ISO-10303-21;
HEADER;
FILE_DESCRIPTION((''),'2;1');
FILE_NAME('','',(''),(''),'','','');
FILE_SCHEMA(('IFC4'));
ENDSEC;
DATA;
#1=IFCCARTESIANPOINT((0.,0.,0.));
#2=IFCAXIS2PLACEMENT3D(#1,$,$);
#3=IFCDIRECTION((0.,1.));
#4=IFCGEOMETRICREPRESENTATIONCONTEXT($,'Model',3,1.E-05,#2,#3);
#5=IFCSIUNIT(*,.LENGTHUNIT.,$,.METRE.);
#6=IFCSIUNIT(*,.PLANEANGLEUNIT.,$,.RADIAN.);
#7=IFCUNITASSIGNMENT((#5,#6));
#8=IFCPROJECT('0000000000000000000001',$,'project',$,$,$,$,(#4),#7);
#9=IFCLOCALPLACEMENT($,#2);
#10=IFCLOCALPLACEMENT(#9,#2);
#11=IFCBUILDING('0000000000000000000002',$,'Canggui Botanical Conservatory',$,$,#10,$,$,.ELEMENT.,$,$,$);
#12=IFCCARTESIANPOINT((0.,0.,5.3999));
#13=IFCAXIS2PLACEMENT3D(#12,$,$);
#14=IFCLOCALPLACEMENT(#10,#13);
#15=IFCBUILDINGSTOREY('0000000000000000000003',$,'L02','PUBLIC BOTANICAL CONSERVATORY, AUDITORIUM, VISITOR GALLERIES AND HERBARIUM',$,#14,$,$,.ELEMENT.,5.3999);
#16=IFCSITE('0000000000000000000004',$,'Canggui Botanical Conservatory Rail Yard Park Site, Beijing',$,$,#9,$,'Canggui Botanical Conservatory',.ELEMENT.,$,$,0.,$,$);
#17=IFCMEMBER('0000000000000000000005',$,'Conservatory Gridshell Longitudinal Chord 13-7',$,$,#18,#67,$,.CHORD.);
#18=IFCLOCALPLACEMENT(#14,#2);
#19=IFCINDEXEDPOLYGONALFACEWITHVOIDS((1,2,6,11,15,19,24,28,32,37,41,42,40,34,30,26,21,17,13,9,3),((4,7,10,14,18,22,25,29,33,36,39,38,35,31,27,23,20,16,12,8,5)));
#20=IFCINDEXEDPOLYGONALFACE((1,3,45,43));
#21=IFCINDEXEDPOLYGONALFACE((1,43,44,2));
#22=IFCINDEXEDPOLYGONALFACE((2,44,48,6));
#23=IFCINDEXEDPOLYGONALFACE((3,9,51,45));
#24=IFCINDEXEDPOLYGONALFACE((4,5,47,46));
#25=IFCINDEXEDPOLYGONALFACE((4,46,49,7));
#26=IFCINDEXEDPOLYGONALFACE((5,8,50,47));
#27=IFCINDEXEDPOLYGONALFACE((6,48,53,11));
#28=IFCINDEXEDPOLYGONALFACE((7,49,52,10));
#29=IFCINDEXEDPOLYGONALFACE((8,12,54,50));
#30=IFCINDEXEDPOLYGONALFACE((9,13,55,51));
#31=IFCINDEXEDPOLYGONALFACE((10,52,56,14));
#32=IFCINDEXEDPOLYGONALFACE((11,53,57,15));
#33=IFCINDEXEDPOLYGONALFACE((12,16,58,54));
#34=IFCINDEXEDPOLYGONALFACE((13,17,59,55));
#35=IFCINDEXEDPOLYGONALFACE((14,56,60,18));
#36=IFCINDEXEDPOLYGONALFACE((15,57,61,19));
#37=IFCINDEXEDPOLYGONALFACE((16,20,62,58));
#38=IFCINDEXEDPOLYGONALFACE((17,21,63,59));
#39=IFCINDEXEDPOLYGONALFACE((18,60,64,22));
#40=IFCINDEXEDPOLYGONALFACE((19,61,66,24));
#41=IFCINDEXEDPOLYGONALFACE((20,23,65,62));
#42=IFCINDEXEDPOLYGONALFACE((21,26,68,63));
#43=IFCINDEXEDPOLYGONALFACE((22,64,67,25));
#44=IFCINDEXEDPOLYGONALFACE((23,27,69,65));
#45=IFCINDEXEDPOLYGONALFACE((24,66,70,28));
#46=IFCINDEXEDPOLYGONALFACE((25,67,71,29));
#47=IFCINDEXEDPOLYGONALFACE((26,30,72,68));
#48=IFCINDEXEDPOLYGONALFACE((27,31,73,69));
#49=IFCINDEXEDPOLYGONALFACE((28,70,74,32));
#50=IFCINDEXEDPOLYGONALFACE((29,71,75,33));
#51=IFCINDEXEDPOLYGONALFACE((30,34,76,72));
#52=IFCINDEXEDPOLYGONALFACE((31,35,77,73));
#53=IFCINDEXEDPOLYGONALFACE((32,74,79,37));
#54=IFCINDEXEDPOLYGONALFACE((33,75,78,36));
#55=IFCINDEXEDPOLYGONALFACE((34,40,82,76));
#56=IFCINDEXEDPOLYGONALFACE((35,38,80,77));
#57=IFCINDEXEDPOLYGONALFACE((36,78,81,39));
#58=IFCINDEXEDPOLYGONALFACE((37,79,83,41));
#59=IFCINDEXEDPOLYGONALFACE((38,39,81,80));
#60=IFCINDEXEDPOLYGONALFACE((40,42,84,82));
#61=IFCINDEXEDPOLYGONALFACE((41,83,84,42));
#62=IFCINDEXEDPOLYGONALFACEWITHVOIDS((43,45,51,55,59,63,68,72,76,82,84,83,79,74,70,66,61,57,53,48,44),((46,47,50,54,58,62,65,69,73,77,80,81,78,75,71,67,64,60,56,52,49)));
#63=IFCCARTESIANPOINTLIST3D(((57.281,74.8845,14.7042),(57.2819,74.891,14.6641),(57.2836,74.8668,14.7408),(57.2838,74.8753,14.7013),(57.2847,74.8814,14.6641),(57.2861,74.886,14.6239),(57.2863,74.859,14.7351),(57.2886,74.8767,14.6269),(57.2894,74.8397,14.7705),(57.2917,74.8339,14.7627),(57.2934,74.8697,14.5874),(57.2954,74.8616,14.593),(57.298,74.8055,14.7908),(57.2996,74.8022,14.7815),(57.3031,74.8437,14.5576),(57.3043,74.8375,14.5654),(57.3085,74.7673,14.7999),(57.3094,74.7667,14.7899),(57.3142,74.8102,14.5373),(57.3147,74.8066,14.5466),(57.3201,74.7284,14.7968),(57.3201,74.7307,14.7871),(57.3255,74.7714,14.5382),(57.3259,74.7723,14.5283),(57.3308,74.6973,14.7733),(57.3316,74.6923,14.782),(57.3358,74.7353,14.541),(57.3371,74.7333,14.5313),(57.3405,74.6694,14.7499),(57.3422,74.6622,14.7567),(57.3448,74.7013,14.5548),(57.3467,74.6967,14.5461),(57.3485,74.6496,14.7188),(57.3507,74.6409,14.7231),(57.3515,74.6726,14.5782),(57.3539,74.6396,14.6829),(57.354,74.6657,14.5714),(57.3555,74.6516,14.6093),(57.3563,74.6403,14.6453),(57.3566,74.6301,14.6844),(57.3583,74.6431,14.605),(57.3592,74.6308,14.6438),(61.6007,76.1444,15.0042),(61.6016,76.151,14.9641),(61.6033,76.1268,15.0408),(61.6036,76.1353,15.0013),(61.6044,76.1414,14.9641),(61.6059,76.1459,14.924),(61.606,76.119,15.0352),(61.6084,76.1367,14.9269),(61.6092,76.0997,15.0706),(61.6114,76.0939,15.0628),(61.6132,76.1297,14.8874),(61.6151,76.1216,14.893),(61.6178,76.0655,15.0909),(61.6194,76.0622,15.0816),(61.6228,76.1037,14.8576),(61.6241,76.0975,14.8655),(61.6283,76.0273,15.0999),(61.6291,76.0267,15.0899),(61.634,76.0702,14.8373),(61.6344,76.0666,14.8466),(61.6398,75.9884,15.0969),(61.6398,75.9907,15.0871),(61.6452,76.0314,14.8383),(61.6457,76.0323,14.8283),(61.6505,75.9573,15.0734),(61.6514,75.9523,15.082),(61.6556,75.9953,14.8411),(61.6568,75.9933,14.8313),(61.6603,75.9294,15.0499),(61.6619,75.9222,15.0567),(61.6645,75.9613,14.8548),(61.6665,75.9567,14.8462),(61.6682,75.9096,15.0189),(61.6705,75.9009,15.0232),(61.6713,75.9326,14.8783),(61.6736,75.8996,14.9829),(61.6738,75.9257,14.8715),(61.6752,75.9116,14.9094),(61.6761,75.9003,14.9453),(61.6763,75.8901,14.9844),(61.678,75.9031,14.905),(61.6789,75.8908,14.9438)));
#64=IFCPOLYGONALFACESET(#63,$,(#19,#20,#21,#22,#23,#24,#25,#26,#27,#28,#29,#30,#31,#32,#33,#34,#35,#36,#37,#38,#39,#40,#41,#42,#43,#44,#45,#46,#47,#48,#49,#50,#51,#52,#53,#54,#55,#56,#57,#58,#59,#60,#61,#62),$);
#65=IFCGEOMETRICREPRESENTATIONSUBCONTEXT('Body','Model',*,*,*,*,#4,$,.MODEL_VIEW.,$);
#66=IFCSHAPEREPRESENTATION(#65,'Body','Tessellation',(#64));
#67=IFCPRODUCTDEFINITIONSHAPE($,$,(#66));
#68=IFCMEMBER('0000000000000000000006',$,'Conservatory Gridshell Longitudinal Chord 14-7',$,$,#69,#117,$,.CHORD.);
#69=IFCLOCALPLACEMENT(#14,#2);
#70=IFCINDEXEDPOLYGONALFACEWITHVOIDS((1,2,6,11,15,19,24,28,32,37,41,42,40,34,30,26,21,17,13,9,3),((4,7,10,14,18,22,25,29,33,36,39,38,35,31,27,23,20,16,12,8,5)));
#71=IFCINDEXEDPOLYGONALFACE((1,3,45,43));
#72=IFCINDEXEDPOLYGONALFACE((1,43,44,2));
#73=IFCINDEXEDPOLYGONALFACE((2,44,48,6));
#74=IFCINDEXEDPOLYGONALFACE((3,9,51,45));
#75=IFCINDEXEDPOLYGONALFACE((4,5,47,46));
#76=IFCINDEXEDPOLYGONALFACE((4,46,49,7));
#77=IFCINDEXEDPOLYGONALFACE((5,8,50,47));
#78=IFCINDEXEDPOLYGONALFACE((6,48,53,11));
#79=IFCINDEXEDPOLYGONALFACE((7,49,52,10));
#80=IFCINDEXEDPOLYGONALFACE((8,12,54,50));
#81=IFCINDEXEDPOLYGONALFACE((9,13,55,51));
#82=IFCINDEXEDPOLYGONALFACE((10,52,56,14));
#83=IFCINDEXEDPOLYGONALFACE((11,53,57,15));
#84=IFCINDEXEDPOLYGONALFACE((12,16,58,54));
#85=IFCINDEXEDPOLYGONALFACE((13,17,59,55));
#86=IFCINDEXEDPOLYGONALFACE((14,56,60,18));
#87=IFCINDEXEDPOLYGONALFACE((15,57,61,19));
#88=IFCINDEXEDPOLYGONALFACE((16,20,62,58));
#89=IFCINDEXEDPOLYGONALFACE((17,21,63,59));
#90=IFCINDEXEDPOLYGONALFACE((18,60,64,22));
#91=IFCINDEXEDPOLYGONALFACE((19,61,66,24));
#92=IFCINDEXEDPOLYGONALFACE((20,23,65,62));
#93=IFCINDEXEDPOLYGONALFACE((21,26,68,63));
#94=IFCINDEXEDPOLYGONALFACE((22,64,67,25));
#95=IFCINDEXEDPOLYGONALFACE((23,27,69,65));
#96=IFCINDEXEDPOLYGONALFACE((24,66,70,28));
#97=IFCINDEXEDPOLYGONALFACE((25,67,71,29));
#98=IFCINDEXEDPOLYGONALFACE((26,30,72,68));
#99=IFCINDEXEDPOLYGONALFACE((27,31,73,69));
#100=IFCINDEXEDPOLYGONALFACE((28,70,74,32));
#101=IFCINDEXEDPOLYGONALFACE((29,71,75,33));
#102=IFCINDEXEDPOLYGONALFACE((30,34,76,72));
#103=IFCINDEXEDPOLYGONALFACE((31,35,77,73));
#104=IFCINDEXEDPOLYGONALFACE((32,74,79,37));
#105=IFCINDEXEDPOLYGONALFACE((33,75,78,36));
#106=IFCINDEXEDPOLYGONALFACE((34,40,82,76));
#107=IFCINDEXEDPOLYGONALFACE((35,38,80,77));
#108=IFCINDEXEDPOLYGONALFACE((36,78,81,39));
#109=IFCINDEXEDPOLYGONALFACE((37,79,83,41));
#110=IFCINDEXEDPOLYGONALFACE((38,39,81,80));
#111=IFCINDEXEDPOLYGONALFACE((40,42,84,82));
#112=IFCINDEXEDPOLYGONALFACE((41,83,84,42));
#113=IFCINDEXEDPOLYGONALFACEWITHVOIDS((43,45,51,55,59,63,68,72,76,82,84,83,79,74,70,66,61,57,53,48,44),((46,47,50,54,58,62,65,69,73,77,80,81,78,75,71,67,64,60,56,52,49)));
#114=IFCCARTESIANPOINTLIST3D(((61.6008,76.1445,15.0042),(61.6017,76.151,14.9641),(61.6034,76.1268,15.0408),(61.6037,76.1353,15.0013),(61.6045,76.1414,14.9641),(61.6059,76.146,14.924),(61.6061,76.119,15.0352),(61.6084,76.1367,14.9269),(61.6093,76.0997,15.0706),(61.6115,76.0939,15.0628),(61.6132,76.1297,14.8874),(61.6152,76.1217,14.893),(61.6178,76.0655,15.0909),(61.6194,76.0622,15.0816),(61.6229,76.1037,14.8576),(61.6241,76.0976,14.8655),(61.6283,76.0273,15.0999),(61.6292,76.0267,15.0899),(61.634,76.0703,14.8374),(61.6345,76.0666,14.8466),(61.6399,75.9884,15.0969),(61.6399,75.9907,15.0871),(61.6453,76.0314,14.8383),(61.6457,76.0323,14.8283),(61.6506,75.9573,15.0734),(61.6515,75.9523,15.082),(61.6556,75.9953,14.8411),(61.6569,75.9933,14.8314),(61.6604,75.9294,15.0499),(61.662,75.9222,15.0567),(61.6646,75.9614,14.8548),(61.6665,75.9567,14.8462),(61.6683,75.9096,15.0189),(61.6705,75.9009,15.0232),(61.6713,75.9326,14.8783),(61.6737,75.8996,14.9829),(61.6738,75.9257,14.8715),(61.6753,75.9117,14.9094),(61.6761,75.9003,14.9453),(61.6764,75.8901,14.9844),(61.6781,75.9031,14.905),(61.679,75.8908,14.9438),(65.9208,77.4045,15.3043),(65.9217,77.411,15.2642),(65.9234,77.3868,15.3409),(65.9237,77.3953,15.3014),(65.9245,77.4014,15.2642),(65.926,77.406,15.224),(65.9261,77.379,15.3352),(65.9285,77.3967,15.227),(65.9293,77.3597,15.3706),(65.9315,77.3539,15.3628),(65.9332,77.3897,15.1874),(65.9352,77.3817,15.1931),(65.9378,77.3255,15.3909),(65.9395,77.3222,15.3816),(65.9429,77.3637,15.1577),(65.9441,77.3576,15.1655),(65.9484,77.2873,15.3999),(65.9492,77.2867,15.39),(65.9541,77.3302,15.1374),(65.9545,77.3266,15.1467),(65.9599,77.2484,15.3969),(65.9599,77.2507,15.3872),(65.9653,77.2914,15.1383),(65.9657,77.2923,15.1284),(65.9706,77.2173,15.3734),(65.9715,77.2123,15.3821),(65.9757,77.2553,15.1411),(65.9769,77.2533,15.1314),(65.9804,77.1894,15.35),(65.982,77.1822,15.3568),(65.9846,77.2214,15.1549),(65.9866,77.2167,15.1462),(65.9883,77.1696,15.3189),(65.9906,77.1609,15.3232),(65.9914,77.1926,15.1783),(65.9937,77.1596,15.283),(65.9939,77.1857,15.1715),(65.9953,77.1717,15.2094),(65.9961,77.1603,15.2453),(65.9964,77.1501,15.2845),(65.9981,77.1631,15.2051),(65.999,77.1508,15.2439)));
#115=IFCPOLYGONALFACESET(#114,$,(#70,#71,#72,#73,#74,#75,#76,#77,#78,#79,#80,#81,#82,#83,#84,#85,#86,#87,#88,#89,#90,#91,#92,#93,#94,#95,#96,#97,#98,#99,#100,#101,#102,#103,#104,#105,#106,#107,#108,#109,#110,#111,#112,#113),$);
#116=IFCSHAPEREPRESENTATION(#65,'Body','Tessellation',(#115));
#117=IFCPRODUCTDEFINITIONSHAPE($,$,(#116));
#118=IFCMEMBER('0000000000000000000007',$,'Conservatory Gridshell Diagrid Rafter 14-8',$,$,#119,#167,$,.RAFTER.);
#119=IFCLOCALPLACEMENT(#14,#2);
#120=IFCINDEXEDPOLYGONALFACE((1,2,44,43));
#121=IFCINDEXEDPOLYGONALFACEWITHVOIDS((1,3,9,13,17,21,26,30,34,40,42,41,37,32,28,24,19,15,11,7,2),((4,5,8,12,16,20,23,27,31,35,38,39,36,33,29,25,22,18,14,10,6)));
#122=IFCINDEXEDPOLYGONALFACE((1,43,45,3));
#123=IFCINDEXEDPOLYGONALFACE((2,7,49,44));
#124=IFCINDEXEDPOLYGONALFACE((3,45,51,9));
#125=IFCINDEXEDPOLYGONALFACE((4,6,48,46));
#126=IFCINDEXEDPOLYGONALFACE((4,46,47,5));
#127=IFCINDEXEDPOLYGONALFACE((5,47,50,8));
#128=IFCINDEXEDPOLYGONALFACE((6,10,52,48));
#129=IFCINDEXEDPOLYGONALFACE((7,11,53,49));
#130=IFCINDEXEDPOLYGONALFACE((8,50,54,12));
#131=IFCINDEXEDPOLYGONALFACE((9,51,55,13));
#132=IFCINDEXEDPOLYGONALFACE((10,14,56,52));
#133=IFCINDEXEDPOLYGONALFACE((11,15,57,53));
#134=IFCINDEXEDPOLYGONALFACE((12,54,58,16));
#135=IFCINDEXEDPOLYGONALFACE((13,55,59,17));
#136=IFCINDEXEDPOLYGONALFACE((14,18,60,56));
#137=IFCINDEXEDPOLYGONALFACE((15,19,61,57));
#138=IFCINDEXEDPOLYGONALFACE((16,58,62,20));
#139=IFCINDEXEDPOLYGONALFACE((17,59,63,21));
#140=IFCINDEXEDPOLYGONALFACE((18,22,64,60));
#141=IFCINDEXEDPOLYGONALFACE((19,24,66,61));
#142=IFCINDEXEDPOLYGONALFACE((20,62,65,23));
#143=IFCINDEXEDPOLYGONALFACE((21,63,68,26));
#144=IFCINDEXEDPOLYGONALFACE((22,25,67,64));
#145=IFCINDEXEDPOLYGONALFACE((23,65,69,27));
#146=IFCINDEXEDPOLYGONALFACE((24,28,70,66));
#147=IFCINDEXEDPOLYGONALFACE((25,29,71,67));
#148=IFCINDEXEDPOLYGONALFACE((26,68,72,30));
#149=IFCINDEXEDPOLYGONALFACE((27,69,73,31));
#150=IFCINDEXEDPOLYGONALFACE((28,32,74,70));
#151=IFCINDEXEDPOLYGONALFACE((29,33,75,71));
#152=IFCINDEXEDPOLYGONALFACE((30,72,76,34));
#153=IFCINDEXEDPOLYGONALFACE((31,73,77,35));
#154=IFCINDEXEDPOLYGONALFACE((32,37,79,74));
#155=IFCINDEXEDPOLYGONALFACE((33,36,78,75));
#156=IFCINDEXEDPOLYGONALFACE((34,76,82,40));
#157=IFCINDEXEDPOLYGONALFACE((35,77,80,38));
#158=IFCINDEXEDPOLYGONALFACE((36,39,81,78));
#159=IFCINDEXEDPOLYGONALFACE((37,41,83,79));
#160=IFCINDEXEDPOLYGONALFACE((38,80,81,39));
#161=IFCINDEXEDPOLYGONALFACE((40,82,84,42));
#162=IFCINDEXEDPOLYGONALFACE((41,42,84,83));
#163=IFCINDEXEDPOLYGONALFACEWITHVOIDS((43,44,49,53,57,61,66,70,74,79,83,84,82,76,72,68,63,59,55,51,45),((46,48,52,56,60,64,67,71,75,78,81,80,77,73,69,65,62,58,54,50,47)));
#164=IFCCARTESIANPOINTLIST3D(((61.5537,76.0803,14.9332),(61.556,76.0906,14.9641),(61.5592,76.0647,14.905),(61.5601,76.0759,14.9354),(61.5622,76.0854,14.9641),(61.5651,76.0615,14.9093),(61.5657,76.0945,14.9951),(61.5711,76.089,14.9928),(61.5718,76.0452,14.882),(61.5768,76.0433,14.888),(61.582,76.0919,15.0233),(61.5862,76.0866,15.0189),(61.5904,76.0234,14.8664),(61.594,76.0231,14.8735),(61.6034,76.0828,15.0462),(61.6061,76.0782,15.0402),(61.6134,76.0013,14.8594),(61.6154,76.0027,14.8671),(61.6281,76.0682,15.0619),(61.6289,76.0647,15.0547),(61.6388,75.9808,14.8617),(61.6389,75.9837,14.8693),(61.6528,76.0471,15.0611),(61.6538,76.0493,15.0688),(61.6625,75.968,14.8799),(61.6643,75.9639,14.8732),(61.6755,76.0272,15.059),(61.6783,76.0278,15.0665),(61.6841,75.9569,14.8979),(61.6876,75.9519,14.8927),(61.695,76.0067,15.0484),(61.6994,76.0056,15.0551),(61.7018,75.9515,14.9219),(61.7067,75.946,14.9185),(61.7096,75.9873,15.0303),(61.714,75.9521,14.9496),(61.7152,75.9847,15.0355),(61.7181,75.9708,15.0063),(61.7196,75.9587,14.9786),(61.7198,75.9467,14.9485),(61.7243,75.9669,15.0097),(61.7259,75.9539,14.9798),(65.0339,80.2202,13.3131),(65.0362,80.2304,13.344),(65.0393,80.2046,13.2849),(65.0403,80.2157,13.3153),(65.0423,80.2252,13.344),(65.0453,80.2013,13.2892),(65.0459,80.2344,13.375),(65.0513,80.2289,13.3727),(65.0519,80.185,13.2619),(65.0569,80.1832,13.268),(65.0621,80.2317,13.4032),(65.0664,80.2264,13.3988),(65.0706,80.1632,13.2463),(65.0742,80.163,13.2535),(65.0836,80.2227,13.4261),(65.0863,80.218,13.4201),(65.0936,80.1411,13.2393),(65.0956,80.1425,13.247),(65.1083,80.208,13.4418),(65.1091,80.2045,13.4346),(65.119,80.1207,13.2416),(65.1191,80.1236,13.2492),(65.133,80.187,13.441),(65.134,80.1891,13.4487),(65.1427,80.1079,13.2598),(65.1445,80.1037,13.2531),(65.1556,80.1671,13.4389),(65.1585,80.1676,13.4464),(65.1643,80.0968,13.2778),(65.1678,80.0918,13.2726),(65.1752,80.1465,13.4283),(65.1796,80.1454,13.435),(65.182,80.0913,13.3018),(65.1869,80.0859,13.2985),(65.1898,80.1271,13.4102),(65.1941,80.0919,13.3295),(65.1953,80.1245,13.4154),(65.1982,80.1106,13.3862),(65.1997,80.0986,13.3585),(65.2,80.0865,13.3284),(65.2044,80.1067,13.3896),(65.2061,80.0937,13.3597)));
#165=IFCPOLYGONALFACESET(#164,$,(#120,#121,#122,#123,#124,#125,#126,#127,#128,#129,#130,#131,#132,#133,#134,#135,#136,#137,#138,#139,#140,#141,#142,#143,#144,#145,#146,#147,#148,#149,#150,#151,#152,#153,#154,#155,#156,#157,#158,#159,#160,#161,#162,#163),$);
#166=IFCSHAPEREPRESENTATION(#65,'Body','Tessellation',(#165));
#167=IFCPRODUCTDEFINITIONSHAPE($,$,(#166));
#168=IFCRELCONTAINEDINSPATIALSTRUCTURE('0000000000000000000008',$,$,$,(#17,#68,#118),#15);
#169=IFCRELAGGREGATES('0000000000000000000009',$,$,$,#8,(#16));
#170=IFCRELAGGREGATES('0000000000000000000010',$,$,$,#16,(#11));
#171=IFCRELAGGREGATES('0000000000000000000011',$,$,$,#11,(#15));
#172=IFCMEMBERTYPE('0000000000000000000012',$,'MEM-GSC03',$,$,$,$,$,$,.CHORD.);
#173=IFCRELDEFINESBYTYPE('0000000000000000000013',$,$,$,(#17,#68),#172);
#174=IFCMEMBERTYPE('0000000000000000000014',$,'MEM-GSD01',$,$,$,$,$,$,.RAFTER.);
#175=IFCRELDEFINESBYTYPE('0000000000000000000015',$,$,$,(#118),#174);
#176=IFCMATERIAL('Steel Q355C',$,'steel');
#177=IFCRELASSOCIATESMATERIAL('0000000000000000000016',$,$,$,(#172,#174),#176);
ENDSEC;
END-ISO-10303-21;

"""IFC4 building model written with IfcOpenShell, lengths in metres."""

from ifc_helpers import new_model, si_unit, direction, frame, origin, origin_2d, place, context, subcontext, project, spatial, hollow_circle, extrude, material, material_profile, profile_set, type_object, element, save


model = new_model("IFC4")

# Units and contexts
model_context = context("Model", 3, precision=1e-05, world=origin(), true_north=direction((0.0, 1.0)))
body_context = subcontext(model_context, "Body", "Model", "MODEL_VIEW")
ifc_project = project(units=[si_unit("LENGTHUNIT", "METRE"), si_unit("PLANEANGLEUNIT", "RADIAN")], contexts=[model_context])

# Site, building, storey
site_placement = place(None, origin())
site = spatial("IfcSite", under=ifc_project, at=site_placement, Name="Canggui Botanical Conservatory Rail Yard Park Site, Beijing", LongName="Canggui Botanical Conservatory", CompositionType="ELEMENT", RefElevation=0.0)
building_placement = place(site_placement, origin())
building = spatial("IfcBuilding", under=site, at=building_placement, Name="Canggui Botanical Conservatory", CompositionType="ELEMENT")
storey_placement = place(building_placement, frame((0.0, 0.0, 5.3999)))
storey = spatial("IfcBuildingStorey", under=building, at=storey_placement, Name="L02", Description="PUBLIC BOTANICAL CONSERVATORY, AUDITORIUM, VISITOR GALLERIES AND HERBARIUM", CompositionType="ELEMENT", Elevation=5.3999)

# Shared definitions
ifc_material_1 = material(Name="Steel Q355C", Category="steel")

# Members
ifc_material_profile_1 = material_profile(ifc_material_1, hollow_circle(Radius=0.1365, WallThickness=0.01, at=origin_2d()), Name="CHS 273x10")
ifc_profile_set_1 = profile_set([ifc_material_profile_1], Name="Steel Q355C")
member_type_1 = type_object("IfcMemberType", Name="MEM-GSC03", PredefinedType="CHORD", material=ifc_profile_set_1)
member_1_placement = place(storey_placement, frame((57.3201, 74.76, 14.6641), z_axis=(0.957869, 0.279392, 0.066532), x_axis=(-0.280013, 0.959996, 0.0)))
element("IfcMember", 1, at=member_1_placement, inside=storey, type_object=member_type_1, Name="Conservatory Gridshell Longitudinal Chord 13-7", PredefinedType="CHORD", context=body_context, shape_type="SweptSolid", body=[
    extrude(hollow_circle(Radius=0.1365, WallThickness=0.01, at=origin_2d()), origin(), (0.0, 0.0, 1.0), 4.5098),
])
member_2_placement = place(storey_placement, frame((61.6399, 76.02, 14.9641), z_axis=(0.957874, 0.279378, 0.066529), x_axis=(-0.279998, 0.960001, 0.0)))
element("IfcMember", 2, at=member_2_placement, inside=storey, type_object=member_type_1, Name="Conservatory Gridshell Longitudinal Chord 14-7", PredefinedType="CHORD", context=body_context, shape_type="SweptSolid", body=[
    extrude(hollow_circle(Radius=0.1365, WallThickness=0.01, at=origin_2d()), origin(), (0.0, 0.0, 1.0), 4.51),
])
ifc_material_profile_2 = material_profile(ifc_material_1, hollow_circle(Radius=0.1096, WallThickness=0.0081, at=origin_2d()), Name="CHS 219x8")
ifc_profile_set_2 = profile_set([ifc_material_profile_2], Name="Steel Q355C")
member_type_2 = type_object("IfcMemberType", Name="MEM-GSD01", PredefinedType="RAFTER", material=ifc_profile_set_2)
member_3_placement = place(storey_placement, frame((61.6399, 76.02, 14.9641), z_axis=(0.616423, 0.733265, -0.286958), x_axis=(-0.765458, 0.643486, 0.0)))
element("IfcMember", 3, at=member_3_placement, inside=storey, type_object=member_type_2, Name="Conservatory Gridshell Diagrid Rafter 14-8", PredefinedType="RAFTER", context=body_context, shape_type="SweptSolid", body=[
    extrude(hollow_circle(Radius=0.1096, WallThickness=0.0081, at=origin_2d()), origin(), (0.0, 0.0, 1.0), 5.6458),
])

save(model, "model.ifc")
